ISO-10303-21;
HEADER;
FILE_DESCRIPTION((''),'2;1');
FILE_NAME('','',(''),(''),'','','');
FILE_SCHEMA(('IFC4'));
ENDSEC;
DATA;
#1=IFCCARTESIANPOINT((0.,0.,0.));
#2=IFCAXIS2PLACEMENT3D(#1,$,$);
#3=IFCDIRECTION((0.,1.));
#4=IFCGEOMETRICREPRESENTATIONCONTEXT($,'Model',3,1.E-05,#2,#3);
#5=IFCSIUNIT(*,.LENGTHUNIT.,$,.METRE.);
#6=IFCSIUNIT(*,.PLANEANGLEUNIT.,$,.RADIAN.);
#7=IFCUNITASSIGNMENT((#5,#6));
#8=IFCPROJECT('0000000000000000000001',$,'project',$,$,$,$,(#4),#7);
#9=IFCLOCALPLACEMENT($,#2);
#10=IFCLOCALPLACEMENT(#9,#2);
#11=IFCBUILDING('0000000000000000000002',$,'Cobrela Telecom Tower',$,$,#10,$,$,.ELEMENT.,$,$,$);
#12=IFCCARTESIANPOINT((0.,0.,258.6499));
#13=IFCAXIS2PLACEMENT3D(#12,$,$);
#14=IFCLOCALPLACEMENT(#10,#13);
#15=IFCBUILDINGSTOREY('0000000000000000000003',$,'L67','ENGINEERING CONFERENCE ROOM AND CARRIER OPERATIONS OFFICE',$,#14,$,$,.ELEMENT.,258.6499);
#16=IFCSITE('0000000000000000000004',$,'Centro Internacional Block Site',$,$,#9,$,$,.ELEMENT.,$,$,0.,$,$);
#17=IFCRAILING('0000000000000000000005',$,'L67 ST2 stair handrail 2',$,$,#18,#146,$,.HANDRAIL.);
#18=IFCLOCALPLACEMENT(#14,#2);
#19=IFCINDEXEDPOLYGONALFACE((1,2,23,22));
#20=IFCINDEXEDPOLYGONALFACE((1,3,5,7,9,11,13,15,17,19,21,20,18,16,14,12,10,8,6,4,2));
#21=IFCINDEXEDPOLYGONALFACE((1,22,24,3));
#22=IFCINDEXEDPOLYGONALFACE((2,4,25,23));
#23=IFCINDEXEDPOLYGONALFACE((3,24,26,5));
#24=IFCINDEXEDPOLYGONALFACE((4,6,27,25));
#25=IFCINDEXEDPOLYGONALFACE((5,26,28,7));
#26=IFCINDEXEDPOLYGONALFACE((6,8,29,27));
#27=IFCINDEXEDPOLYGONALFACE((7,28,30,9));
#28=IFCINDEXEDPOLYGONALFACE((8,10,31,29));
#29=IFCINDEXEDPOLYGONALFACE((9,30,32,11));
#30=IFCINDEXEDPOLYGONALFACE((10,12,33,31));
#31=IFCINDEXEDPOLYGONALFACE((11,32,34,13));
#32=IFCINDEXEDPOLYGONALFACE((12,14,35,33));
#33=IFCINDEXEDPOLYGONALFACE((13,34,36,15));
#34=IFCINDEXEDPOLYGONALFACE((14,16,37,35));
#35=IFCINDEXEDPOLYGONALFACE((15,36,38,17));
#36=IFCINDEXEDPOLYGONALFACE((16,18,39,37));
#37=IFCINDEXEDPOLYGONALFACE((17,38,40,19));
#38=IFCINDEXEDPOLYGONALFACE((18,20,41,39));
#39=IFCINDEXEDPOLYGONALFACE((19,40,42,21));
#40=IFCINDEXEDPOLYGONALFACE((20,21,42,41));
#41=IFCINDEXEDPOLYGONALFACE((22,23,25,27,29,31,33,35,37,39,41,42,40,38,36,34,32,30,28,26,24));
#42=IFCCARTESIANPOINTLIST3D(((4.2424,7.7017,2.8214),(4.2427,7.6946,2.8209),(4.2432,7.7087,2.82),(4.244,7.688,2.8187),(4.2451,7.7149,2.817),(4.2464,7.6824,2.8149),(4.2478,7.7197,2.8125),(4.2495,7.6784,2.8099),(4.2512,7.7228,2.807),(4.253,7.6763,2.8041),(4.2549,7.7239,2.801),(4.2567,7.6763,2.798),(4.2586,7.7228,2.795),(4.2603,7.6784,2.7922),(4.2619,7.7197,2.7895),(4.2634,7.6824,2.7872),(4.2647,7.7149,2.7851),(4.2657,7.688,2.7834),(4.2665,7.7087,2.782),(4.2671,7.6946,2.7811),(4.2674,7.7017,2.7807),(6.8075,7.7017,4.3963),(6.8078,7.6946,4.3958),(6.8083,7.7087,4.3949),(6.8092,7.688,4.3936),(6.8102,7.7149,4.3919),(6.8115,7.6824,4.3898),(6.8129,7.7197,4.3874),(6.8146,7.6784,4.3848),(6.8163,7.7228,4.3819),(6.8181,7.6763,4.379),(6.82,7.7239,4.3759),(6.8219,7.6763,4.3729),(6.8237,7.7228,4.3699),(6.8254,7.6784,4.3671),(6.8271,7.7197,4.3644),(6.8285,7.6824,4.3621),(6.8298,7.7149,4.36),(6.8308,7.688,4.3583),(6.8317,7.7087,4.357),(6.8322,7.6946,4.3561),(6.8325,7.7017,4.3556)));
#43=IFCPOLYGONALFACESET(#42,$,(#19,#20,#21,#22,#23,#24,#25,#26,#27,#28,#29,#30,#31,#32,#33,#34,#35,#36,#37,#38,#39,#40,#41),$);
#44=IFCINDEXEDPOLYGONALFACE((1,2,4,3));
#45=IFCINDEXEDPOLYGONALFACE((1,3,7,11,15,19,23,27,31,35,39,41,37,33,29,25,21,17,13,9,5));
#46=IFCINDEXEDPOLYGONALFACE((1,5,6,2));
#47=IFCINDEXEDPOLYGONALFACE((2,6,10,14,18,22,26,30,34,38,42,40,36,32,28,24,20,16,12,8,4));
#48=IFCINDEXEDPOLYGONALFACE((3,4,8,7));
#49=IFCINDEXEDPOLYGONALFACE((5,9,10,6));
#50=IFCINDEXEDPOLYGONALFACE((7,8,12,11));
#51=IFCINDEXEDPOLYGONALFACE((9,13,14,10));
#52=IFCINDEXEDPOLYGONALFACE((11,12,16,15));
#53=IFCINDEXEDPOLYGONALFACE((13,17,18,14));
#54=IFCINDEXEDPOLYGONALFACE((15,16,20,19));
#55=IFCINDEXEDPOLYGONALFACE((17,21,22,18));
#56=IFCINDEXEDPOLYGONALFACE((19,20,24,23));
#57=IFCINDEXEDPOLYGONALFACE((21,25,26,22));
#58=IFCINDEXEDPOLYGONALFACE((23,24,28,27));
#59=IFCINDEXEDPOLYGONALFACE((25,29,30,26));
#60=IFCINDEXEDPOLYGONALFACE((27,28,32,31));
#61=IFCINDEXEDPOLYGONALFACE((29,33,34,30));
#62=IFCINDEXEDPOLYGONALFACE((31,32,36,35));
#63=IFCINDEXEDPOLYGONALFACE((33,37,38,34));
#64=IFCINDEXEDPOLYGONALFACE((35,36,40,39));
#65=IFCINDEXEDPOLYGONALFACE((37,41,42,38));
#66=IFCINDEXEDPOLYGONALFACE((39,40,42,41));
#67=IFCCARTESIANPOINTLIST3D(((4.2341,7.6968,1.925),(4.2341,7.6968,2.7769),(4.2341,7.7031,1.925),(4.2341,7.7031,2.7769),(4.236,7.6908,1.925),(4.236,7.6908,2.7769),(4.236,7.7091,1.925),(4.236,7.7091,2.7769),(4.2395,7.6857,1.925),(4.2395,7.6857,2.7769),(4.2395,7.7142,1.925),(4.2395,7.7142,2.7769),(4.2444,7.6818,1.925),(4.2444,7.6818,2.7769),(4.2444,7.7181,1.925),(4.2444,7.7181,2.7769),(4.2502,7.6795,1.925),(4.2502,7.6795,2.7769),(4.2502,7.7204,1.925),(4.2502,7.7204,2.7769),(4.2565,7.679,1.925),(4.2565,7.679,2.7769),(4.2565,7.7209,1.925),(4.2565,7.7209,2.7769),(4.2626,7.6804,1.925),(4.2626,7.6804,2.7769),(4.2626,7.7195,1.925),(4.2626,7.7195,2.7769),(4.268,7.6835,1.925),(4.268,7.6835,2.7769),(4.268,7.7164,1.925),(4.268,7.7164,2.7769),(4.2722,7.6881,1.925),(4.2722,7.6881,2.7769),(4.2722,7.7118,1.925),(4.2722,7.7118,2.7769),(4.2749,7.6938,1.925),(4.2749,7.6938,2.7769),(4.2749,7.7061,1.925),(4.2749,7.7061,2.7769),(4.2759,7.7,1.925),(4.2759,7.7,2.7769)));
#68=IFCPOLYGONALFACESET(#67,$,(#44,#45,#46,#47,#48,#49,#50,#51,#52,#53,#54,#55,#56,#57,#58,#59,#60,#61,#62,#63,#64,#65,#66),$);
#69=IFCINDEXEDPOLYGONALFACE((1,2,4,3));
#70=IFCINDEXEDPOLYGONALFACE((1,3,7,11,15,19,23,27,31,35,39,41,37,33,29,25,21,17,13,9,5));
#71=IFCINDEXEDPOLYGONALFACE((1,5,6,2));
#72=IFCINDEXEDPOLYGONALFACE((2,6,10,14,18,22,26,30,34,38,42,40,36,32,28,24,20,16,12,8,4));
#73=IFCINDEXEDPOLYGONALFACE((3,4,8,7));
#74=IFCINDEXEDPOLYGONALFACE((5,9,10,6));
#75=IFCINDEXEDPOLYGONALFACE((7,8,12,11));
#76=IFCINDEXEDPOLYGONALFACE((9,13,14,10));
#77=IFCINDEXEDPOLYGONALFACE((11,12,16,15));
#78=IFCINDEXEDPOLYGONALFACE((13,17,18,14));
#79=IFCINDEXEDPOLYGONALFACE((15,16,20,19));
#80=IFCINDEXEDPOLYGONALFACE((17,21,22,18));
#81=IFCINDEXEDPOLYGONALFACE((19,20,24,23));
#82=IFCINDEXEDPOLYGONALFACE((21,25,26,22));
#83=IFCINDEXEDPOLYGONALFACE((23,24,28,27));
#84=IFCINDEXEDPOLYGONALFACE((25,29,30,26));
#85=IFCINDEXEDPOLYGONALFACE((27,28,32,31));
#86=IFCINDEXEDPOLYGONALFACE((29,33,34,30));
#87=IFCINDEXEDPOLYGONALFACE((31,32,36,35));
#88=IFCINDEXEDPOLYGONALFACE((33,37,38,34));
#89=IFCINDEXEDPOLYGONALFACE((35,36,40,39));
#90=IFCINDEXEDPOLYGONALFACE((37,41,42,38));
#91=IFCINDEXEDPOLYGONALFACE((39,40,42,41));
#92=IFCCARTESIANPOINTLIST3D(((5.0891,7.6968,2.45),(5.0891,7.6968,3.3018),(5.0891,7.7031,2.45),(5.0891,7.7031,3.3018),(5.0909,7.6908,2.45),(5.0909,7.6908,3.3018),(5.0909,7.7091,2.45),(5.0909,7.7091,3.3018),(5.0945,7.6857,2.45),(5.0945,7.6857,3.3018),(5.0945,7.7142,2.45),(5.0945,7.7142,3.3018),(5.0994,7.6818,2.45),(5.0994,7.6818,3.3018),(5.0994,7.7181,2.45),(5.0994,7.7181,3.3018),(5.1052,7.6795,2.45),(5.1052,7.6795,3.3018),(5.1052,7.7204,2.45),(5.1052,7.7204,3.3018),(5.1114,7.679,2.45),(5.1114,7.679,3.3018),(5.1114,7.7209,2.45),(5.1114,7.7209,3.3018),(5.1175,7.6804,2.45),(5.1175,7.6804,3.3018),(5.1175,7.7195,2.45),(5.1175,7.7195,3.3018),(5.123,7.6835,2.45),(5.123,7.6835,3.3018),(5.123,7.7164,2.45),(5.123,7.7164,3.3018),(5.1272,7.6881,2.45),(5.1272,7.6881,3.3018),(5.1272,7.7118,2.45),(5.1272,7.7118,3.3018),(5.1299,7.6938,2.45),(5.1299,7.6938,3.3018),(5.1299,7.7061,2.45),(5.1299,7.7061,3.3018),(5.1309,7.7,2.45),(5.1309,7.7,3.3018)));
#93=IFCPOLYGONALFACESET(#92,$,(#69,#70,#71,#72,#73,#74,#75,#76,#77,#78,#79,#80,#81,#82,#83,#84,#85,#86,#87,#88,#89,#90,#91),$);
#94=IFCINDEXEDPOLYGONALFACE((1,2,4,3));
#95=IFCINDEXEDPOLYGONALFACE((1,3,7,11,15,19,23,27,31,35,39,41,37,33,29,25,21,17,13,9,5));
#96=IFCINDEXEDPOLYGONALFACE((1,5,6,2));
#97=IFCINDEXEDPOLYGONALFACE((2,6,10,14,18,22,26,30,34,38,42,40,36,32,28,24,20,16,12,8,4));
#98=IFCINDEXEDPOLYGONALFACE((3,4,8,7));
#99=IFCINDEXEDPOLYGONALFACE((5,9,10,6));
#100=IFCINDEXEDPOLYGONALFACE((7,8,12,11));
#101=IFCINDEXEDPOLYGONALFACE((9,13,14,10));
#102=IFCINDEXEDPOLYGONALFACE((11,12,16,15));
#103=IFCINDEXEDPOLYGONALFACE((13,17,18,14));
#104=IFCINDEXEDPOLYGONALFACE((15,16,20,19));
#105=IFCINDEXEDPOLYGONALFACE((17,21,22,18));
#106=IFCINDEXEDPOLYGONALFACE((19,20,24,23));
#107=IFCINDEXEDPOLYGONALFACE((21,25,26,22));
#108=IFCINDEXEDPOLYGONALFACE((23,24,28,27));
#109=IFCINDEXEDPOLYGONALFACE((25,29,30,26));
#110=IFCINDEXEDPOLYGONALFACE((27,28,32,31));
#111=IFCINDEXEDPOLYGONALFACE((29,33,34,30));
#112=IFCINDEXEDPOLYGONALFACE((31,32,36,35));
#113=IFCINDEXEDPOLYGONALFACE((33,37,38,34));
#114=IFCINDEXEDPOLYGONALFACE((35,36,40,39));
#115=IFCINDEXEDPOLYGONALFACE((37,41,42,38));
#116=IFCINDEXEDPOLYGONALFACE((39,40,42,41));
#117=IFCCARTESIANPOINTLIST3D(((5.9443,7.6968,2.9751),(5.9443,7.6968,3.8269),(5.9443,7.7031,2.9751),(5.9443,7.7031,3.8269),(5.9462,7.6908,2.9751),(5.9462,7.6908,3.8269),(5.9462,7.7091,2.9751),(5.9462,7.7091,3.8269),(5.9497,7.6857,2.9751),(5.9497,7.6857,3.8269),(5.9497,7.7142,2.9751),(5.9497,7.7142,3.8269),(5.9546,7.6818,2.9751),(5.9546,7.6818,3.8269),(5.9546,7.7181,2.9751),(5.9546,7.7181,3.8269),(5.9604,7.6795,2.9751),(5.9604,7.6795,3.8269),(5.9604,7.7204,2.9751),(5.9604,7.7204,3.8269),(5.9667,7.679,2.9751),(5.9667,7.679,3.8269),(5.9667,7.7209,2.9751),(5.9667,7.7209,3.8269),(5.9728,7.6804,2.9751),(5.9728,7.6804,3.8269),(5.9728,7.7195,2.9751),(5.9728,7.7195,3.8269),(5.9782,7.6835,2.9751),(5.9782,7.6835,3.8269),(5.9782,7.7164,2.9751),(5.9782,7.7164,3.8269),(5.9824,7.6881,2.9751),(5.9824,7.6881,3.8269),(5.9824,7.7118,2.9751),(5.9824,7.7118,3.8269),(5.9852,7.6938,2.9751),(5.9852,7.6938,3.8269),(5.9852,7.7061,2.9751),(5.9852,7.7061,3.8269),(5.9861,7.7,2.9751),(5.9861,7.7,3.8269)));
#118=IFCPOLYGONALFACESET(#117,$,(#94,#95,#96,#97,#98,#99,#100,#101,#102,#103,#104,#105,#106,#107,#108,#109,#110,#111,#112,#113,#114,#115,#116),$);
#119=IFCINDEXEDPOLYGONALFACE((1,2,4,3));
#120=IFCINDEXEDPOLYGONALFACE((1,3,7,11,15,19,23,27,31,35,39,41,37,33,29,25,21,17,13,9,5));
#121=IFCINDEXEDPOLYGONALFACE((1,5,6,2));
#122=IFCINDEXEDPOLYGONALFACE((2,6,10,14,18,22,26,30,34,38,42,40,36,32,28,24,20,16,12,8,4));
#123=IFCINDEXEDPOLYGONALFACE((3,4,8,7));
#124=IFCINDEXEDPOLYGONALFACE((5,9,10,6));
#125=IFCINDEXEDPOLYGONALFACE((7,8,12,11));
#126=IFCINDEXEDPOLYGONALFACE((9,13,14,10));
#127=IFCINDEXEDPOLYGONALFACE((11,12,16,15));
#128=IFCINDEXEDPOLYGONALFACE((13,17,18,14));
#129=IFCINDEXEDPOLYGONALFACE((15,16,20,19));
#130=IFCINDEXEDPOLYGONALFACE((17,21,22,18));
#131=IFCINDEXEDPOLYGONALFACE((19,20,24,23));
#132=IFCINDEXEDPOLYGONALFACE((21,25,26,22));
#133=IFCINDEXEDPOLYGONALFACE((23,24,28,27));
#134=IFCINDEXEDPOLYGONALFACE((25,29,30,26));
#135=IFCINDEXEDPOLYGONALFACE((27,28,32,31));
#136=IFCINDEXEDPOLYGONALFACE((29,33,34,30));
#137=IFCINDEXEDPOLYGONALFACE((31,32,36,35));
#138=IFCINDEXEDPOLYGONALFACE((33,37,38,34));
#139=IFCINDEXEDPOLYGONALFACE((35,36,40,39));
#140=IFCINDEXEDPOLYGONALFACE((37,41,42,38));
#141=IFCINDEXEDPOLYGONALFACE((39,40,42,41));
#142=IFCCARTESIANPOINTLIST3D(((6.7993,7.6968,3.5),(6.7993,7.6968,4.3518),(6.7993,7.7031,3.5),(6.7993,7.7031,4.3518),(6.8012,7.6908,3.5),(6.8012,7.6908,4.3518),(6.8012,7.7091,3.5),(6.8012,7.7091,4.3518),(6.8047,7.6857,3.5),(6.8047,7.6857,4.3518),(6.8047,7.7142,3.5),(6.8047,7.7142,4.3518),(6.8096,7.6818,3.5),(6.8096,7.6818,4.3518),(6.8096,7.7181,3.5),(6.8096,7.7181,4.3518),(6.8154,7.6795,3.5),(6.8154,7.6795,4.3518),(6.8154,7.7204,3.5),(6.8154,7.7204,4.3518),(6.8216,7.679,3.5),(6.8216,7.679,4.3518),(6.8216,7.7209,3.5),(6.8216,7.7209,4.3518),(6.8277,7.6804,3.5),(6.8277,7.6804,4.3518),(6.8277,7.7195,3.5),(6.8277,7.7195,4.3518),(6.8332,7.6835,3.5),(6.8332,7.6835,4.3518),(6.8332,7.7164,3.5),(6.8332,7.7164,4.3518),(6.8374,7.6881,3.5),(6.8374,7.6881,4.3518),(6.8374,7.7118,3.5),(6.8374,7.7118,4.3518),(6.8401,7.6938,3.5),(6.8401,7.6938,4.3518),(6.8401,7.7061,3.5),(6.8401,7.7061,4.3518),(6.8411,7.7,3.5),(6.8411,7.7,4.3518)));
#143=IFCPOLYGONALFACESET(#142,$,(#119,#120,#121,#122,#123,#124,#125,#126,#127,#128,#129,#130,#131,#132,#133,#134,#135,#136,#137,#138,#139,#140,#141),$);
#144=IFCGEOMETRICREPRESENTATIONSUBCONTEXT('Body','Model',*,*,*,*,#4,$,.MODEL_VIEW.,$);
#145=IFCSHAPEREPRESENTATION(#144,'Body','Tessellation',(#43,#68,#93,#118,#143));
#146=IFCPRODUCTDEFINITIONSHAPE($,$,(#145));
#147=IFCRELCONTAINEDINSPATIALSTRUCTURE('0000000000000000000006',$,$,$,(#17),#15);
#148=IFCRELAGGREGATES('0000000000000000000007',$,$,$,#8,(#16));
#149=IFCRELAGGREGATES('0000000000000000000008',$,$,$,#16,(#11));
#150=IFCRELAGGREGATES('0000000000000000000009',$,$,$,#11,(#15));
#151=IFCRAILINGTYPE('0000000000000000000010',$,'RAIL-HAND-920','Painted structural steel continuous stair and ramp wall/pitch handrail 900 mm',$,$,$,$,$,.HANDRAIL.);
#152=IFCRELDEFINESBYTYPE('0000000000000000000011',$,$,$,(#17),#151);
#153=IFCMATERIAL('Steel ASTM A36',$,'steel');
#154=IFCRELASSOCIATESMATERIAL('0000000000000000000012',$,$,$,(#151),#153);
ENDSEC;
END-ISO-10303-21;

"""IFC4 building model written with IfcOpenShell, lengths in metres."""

from ifc_helpers import new_model, si_unit, direction, frame, origin, origin_2d, place, context, subcontext, project, spatial, circle, extrude, material, type_object, element, save


model = new_model("IFC4")

# Units and contexts
model_context = context("Model", 3, precision=1e-05, world=origin(), true_north=direction((0.0, 1.0)))
body_context = subcontext(model_context, "Body", "Model", "MODEL_VIEW")
ifc_project = project(units=[si_unit("LENGTHUNIT", "METRE"), si_unit("PLANEANGLEUNIT", "RADIAN")], contexts=[model_context])

# Site, building, storey
site_placement = place(None, origin())
site = spatial("IfcSite", under=ifc_project, at=site_placement, Name="Centro Internacional Block Site", CompositionType="ELEMENT", RefElevation=0.0)
building_placement = place(site_placement, origin())
building = spatial("IfcBuilding", under=site, at=building_placement, Name="Cobrela Telecom Tower", CompositionType="ELEMENT")
storey_placement = place(building_placement, frame((0.0, 0.0, 258.6499)))
storey = spatial("IfcBuildingStorey", under=building, at=storey_placement, Name="L67", Description="ENGINEERING CONFERENCE ROOM AND CARRIER OPERATIONS OFFICE", CompositionType="ELEMENT", Elevation=258.6499)

# Railing
ifc_material_1 = material(Name="Steel ASTM A36", Category="steel")
railing_type_1 = type_object("IfcRailingType", Name="RAIL-HAND-920", Description="Painted structural steel continuous stair and ramp wall/pitch handrail 900 mm", PredefinedType="HANDRAIL", material=ifc_material_1)
railing_1_placement = place(storey_placement, frame((4.2549, 7.7, 1.925)))
element("IfcRailing", 1, at=railing_1_placement, inside=storey, type_object=railing_type_1, Name="L67 ST2 stair handrail 2", PredefinedType="HANDRAIL", context=body_context, shape_type="SweptSolid", body=[
    extrude(circle(Radius=0.0239, at=origin_2d()), frame((0.0, 0.0, 0.876), z_axis=(0.852195, 0.0, 0.523224), x_axis=(0.0, 1.0, 0.0)), (0.0, 0.0, 1.0), 3.01),
    extrude(circle(Radius=0.021, at=origin_2d()), origin(), (0.0, 0.0, 1.0), 0.8518),
    extrude(circle(Radius=0.021, at=origin_2d()), frame((0.855, 0.0, 0.5249)), (0.0, 0.0, 1.0), 0.8518),
    extrude(circle(Radius=0.021, at=origin_2d()), frame((1.7102, 0.0, 1.05)), (0.0, 0.0, 1.0), 0.8518),
    extrude(circle(Radius=0.021, at=origin_2d()), frame((2.5652, 0.0, 1.575)), (0.0, 0.0, 1.0), 0.8518),
])

save(model, "model.ifc")
